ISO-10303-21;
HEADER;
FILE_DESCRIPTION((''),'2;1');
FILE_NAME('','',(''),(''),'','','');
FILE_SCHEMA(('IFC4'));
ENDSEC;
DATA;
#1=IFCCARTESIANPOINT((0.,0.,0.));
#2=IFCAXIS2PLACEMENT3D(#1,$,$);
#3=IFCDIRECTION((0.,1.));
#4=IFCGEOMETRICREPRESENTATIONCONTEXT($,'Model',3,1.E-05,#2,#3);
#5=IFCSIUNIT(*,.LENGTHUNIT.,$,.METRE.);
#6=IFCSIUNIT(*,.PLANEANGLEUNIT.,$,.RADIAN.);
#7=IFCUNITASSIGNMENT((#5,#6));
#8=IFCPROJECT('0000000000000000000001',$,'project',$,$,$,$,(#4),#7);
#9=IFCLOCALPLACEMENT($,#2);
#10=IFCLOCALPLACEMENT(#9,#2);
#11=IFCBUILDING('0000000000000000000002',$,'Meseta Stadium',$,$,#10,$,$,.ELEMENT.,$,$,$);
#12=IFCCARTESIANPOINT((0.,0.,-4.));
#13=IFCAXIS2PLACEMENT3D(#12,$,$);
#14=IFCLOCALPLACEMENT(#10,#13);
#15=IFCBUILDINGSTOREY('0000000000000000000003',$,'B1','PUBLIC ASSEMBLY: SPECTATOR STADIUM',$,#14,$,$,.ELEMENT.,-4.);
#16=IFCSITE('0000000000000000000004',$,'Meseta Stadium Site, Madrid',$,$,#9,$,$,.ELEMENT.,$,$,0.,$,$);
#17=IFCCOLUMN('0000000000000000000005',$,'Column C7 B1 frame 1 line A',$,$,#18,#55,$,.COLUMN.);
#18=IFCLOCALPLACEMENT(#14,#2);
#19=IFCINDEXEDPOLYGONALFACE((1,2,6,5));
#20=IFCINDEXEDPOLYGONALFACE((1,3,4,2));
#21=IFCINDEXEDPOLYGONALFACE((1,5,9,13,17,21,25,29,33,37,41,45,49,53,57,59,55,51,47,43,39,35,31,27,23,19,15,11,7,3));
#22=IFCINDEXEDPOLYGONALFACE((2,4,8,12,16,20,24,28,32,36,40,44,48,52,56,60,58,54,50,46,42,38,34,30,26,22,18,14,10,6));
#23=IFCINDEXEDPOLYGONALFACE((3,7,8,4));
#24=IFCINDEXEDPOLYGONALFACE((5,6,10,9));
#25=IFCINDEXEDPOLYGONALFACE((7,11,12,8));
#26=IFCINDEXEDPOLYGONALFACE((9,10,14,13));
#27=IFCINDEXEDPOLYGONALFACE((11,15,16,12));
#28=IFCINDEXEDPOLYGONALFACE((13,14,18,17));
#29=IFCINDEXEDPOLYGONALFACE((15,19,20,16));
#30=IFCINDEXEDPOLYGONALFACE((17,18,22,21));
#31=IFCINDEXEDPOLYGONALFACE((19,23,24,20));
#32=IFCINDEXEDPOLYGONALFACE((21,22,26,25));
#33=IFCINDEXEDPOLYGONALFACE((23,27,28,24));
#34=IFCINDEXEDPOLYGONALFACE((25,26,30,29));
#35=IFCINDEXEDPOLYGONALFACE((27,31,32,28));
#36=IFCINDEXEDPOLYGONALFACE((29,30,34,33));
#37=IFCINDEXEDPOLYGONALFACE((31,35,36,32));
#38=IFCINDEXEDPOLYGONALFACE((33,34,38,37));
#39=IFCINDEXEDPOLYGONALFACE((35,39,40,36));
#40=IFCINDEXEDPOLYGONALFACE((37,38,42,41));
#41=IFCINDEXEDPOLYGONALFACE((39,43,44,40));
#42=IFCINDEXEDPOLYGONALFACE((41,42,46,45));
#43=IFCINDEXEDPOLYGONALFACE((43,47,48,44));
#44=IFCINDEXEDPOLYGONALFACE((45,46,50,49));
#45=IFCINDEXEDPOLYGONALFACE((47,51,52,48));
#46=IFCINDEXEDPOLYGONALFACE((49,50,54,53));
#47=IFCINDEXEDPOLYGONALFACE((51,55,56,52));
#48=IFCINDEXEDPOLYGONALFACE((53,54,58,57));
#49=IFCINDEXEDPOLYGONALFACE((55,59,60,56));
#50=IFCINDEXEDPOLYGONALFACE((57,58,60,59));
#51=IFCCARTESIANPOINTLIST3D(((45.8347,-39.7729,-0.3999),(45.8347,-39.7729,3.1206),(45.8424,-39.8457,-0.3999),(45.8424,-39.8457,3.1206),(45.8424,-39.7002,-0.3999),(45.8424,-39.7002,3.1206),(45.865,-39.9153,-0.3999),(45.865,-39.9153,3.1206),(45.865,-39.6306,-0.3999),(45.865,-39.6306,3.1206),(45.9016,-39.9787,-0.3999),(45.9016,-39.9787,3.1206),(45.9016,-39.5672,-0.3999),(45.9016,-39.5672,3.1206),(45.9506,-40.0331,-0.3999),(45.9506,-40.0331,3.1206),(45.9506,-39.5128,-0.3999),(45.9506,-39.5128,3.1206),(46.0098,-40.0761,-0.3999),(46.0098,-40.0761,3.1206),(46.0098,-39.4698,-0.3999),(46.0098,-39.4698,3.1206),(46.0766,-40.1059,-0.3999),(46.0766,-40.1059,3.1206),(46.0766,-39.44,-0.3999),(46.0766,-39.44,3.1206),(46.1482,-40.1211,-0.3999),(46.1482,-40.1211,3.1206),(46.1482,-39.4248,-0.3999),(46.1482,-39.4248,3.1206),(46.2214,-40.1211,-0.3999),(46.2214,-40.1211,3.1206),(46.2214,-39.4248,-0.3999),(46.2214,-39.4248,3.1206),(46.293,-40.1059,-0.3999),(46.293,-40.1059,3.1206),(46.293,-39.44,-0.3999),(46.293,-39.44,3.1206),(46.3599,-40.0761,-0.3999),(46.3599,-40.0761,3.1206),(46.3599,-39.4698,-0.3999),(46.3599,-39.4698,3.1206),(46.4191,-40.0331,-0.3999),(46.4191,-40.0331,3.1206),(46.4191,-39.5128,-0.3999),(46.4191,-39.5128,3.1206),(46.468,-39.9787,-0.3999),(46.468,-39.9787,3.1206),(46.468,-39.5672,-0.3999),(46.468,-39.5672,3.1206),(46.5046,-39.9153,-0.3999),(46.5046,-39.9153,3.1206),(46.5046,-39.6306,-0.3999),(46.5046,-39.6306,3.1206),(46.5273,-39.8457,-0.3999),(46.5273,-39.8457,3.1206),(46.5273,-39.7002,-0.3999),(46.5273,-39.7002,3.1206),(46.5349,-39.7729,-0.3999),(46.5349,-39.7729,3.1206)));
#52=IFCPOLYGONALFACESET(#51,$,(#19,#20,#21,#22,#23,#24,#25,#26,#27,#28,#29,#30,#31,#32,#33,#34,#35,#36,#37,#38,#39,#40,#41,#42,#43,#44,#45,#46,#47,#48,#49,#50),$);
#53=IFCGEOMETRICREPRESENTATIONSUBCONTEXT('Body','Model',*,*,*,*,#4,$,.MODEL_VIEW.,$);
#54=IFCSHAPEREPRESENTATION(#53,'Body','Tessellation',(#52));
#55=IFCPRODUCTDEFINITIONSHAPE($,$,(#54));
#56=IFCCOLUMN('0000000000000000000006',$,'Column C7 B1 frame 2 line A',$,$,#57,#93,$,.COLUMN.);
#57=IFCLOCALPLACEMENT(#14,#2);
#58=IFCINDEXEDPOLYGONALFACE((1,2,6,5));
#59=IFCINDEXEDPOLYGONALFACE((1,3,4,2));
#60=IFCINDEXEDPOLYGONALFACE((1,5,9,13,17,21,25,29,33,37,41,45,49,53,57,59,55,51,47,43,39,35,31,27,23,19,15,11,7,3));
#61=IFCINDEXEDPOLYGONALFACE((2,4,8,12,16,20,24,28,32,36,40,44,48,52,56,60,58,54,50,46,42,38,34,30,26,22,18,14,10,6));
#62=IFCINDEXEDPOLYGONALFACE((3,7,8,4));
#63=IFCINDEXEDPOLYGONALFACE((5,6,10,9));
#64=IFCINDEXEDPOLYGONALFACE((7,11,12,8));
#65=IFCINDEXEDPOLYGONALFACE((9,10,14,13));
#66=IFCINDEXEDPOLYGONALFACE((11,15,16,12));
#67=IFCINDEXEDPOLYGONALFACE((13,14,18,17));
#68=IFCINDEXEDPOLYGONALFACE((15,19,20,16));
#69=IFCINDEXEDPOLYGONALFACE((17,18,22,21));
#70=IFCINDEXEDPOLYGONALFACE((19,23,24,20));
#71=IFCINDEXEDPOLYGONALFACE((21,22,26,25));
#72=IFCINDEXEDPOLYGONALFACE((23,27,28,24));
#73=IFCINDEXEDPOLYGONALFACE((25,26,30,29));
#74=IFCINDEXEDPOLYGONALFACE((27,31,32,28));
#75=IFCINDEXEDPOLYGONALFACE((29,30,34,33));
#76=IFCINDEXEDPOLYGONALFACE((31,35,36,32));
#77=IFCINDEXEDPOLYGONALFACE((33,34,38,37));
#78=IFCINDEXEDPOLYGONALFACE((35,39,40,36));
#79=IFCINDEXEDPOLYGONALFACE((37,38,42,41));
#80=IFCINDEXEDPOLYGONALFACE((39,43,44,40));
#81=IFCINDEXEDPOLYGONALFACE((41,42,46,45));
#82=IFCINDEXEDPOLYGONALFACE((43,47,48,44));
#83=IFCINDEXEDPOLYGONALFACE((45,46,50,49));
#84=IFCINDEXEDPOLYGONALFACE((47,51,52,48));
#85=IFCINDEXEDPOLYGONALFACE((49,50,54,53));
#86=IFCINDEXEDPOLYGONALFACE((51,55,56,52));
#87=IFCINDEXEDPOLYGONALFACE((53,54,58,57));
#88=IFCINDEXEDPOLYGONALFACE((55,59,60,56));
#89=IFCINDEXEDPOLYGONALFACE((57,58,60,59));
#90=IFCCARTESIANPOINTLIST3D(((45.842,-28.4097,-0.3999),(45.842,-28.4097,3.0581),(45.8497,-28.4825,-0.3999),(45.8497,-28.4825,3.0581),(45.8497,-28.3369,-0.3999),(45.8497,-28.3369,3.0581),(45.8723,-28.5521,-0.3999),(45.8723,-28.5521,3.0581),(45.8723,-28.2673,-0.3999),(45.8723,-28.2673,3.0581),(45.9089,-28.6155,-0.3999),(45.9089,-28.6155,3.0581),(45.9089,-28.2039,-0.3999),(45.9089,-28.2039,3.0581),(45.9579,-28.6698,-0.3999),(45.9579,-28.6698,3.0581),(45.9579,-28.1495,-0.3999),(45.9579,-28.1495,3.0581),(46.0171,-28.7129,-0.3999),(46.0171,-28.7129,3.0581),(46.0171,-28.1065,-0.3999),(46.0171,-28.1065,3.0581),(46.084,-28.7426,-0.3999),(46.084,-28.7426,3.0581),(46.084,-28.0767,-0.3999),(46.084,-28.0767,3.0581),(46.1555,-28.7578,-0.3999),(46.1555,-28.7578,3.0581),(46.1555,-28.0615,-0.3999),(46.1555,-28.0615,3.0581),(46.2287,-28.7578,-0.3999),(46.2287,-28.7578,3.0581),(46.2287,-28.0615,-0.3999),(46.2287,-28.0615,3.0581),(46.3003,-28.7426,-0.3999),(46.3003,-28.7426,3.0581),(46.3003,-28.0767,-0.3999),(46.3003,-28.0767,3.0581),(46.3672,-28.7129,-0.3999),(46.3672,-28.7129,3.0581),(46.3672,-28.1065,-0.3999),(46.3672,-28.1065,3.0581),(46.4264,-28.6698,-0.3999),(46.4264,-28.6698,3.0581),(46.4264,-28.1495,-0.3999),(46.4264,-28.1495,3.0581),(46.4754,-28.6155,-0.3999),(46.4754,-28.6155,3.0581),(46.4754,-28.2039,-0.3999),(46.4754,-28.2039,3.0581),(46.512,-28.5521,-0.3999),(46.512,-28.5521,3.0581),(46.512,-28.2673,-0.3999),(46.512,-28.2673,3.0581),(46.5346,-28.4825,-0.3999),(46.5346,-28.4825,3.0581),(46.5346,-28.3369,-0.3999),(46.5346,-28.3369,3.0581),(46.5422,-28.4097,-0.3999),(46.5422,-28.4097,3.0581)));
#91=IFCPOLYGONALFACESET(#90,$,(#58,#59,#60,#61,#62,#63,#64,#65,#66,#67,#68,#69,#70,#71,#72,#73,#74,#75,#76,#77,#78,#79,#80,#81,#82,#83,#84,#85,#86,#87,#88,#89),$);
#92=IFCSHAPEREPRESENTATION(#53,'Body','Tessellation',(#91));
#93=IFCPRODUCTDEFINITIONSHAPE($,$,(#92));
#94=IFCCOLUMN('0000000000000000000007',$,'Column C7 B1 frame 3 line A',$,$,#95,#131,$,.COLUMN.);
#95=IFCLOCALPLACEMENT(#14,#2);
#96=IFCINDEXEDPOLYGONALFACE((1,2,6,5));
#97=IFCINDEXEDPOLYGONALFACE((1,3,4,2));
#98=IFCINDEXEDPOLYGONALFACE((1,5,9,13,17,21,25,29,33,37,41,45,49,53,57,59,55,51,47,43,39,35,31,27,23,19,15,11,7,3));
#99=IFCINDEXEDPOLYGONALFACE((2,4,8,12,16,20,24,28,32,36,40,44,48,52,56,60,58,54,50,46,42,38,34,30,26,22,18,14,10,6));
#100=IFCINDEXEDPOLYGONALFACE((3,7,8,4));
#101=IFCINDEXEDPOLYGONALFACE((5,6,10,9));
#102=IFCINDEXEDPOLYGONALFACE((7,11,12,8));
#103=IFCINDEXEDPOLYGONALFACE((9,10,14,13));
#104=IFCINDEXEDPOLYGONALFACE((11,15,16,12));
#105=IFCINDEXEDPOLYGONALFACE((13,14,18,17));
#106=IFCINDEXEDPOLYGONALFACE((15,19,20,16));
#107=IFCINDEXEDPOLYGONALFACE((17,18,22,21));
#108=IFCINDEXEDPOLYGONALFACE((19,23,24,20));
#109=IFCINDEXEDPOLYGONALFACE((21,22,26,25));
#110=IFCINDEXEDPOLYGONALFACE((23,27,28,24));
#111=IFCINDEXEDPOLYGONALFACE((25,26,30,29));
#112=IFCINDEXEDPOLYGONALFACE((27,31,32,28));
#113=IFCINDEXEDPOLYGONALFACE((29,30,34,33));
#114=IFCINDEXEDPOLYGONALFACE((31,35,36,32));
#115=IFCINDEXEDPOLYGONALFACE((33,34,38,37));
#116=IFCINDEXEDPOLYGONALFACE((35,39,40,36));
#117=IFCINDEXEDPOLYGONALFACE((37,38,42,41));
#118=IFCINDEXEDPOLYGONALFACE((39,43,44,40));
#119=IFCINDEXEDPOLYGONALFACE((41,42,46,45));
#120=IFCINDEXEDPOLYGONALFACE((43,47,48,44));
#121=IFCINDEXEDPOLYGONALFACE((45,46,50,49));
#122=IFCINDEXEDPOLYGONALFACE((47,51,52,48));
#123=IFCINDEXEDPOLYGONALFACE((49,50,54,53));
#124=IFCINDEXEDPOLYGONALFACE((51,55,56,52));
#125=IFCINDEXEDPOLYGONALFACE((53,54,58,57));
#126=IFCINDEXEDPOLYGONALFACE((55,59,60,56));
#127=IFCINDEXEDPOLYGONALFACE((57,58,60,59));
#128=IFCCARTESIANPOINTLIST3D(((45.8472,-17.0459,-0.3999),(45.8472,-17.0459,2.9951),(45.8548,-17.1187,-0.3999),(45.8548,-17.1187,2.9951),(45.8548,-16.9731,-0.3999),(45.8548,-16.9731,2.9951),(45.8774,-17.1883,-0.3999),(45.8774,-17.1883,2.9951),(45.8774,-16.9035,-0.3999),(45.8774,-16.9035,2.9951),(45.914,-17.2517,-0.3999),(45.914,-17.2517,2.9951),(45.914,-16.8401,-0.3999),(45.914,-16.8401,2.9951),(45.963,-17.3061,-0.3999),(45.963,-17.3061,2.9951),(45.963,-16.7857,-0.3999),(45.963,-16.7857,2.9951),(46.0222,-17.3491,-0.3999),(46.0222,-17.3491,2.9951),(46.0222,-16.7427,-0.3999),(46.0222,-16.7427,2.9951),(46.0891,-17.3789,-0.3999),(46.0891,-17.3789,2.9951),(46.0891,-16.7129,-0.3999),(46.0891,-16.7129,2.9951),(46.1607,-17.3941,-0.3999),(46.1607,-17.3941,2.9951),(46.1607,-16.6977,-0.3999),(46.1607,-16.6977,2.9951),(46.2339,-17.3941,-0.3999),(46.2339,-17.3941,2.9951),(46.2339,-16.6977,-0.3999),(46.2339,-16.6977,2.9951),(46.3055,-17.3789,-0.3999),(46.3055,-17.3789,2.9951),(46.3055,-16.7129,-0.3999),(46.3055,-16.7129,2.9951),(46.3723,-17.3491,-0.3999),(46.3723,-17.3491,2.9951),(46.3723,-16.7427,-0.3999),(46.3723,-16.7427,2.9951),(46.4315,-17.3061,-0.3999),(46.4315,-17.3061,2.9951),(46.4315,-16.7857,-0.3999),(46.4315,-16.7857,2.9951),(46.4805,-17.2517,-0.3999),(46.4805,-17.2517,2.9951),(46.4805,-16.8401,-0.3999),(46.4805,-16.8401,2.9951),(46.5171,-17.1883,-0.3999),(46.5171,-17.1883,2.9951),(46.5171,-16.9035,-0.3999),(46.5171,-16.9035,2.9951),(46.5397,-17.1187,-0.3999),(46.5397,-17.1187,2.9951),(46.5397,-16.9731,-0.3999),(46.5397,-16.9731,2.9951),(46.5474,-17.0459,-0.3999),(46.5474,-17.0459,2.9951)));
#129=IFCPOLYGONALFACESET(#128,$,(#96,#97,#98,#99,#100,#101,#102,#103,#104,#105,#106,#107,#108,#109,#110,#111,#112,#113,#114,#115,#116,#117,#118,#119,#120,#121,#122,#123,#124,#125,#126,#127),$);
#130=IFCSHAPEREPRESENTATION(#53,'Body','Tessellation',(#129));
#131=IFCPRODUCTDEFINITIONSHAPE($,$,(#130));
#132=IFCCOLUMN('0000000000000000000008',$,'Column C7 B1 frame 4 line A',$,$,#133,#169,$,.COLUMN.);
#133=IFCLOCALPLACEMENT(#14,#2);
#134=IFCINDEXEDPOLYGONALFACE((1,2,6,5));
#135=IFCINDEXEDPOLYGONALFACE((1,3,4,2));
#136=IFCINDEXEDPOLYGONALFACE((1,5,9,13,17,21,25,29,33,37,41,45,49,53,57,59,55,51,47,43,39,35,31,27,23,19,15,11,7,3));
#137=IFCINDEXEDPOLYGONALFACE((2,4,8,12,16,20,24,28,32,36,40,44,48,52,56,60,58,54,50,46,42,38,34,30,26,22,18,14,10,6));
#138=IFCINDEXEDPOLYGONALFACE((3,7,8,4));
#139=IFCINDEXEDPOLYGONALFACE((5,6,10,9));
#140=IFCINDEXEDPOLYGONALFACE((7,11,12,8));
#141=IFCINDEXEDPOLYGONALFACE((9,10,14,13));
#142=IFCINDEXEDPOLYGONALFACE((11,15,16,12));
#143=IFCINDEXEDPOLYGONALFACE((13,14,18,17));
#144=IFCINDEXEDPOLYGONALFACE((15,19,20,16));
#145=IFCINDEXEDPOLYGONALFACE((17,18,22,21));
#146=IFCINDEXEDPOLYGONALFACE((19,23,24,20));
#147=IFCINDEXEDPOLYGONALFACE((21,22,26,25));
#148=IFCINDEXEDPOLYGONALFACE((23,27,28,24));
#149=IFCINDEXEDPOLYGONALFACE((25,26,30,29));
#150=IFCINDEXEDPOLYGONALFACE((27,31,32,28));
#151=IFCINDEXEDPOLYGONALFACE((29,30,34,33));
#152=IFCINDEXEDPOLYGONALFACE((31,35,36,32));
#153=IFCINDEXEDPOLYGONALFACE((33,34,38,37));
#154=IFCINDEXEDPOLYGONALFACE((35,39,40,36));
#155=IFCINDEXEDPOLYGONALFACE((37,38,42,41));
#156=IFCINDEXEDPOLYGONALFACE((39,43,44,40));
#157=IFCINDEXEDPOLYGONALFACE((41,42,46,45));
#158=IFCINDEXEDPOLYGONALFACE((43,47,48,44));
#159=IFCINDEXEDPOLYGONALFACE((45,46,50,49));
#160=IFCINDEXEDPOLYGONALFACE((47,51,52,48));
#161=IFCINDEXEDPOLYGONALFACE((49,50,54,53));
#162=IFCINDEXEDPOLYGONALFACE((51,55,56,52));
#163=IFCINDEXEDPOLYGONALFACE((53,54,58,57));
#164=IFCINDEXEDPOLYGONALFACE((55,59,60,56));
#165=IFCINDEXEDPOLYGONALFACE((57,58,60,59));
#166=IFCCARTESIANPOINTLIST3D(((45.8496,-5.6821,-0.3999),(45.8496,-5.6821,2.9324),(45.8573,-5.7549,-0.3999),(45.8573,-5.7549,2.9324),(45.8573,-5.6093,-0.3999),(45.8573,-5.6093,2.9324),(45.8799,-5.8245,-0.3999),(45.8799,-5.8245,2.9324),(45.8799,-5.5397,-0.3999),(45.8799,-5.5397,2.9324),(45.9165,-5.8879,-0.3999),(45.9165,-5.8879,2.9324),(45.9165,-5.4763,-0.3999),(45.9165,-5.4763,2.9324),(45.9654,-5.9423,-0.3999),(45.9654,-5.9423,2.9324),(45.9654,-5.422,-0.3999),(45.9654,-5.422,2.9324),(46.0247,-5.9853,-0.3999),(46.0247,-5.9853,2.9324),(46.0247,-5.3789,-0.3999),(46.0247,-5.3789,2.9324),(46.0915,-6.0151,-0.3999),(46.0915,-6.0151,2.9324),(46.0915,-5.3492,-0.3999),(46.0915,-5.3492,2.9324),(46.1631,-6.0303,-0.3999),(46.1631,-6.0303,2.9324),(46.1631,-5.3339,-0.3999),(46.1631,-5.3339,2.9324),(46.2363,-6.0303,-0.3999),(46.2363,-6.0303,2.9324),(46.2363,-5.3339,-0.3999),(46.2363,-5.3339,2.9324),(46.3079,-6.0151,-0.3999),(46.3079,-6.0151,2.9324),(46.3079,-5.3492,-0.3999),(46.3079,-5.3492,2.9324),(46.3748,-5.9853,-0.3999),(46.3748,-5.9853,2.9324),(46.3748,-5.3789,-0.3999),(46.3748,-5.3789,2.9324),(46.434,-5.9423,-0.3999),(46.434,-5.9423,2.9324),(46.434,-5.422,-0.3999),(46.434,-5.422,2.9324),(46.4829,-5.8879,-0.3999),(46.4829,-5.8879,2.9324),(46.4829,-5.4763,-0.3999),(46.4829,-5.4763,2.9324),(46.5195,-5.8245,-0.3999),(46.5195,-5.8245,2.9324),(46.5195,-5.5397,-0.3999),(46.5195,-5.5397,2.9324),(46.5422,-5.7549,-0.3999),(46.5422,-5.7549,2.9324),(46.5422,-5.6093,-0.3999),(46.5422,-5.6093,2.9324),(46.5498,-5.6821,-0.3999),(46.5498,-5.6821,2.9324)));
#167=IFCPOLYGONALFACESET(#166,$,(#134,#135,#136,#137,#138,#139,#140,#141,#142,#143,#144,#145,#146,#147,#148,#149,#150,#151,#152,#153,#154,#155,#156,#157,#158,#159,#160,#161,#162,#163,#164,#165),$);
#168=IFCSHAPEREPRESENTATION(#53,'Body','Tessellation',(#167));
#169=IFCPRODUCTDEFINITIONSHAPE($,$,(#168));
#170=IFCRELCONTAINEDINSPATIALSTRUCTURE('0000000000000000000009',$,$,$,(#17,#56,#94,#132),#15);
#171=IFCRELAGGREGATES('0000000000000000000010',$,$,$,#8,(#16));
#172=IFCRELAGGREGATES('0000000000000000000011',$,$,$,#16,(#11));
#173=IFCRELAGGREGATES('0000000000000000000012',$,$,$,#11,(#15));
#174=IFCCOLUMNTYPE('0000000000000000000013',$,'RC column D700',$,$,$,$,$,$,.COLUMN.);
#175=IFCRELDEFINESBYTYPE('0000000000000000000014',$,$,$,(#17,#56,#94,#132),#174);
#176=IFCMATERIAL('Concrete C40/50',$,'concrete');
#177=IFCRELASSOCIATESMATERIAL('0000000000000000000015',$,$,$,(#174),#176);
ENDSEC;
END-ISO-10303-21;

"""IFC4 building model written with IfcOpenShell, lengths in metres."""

from ifc_helpers import new_model, si_unit, direction, frame, origin, origin_2d, place, context, subcontext, project, spatial, circle, extrude, material, material_profile, profile_set, type_object, element, save


model = new_model("IFC4")

# Units and contexts
model_context = context("Model", 3, precision=1e-05, world=origin(), true_north=direction((0.0, 1.0)))
body_context = subcontext(model_context, "Body", "Model", "MODEL_VIEW")
ifc_project = project(units=[si_unit("LENGTHUNIT", "METRE"), si_unit("PLANEANGLEUNIT", "RADIAN")], contexts=[model_context])

# Site, building, storey
site_placement = place(None, origin())
site = spatial("IfcSite", under=ifc_project, at=site_placement, Name="Meseta Stadium Site, Madrid", CompositionType="ELEMENT", RefElevation=0.0)
building_placement = place(site_placement, origin())
building = spatial("IfcBuilding", under=site, at=building_placement, Name="Meseta Stadium", CompositionType="ELEMENT")
storey_placement = place(building_placement, frame((0.0, 0.0, -4.0)))
storey = spatial("IfcBuildingStorey", under=building, at=storey_placement, Name="B1", Description="PUBLIC ASSEMBLY: SPECTATOR STADIUM", CompositionType="ELEMENT", Elevation=-4.0)

# Columns
ifc_material_1 = material(Name="Concrete C40/50", Category="concrete")
ifc_material_profile_1 = material_profile(ifc_material_1, circle(Radius=0.3501, at=origin_2d()), Name="RC D700")
ifc_profile_set_1 = profile_set([ifc_material_profile_1], Name="Concrete C40/50")
column_type_1 = type_object("IfcColumnType", Name="RC column D700", PredefinedType="COLUMN", material=ifc_profile_set_1)
column_1_placement = place(storey_placement, frame((46.1848, -39.7729, -0.3999), z_axis=(0.0, 0.0, 1.0), x_axis=(1.0, 0.0, 0.0)))
element("IfcColumn", 1, at=column_1_placement, inside=storey, type_object=column_type_1, Name="Column C7 B1 frame 1 line A", PredefinedType="COLUMN", context=body_context, shape_type="SweptSolid", body=[
    extrude(circle(Radius=0.3501, at=origin_2d()), origin(), (0.0, 0.0, 1.0), 3.5205),
])
column_2_placement = place(storey_placement, frame((46.1921, -28.4097, -0.3999), z_axis=(0.0, 0.0, 1.0), x_axis=(1.0, 0.0, 0.0)))
element("IfcColumn", 2, at=column_2_placement, inside=storey, type_object=column_type_1, Name="Column C7 B1 frame 2 line A", PredefinedType="COLUMN", context=body_context, shape_type="SweptSolid", body=[
    extrude(circle(Radius=0.3501, at=origin_2d()), origin(), (0.0, 0.0, 1.0), 3.458),
])
column_3_placement = place(storey_placement, frame((46.1973, -17.0459, -0.3999), z_axis=(0.0, 0.0, 1.0), x_axis=(1.0, 0.0, 0.0)))
element("IfcColumn", 3, at=column_3_placement, inside=storey, type_object=column_type_1, Name="Column C7 B1 frame 3 line A", PredefinedType="COLUMN", context=body_context, shape_type="SweptSolid", body=[
    extrude(circle(Radius=0.3501, at=origin_2d()), origin(), (0.0, 0.0, 1.0), 3.395),
])
column_4_placement = place(storey_placement, frame((46.1997, -5.6821, -0.3999), z_axis=(0.0, 0.0, 1.0), x_axis=(1.0, 0.0, 0.0)))
element("IfcColumn", 4, at=column_4_placement, inside=storey, type_object=column_type_1, Name="Column C7 B1 frame 4 line A", PredefinedType="COLUMN", context=body_context, shape_type="SweptSolid", body=[
    extrude(circle(Radius=0.3501, at=origin_2d()), origin(), (0.0, 0.0, 1.0), 3.3323),
])

save(model, "model.ifc")
